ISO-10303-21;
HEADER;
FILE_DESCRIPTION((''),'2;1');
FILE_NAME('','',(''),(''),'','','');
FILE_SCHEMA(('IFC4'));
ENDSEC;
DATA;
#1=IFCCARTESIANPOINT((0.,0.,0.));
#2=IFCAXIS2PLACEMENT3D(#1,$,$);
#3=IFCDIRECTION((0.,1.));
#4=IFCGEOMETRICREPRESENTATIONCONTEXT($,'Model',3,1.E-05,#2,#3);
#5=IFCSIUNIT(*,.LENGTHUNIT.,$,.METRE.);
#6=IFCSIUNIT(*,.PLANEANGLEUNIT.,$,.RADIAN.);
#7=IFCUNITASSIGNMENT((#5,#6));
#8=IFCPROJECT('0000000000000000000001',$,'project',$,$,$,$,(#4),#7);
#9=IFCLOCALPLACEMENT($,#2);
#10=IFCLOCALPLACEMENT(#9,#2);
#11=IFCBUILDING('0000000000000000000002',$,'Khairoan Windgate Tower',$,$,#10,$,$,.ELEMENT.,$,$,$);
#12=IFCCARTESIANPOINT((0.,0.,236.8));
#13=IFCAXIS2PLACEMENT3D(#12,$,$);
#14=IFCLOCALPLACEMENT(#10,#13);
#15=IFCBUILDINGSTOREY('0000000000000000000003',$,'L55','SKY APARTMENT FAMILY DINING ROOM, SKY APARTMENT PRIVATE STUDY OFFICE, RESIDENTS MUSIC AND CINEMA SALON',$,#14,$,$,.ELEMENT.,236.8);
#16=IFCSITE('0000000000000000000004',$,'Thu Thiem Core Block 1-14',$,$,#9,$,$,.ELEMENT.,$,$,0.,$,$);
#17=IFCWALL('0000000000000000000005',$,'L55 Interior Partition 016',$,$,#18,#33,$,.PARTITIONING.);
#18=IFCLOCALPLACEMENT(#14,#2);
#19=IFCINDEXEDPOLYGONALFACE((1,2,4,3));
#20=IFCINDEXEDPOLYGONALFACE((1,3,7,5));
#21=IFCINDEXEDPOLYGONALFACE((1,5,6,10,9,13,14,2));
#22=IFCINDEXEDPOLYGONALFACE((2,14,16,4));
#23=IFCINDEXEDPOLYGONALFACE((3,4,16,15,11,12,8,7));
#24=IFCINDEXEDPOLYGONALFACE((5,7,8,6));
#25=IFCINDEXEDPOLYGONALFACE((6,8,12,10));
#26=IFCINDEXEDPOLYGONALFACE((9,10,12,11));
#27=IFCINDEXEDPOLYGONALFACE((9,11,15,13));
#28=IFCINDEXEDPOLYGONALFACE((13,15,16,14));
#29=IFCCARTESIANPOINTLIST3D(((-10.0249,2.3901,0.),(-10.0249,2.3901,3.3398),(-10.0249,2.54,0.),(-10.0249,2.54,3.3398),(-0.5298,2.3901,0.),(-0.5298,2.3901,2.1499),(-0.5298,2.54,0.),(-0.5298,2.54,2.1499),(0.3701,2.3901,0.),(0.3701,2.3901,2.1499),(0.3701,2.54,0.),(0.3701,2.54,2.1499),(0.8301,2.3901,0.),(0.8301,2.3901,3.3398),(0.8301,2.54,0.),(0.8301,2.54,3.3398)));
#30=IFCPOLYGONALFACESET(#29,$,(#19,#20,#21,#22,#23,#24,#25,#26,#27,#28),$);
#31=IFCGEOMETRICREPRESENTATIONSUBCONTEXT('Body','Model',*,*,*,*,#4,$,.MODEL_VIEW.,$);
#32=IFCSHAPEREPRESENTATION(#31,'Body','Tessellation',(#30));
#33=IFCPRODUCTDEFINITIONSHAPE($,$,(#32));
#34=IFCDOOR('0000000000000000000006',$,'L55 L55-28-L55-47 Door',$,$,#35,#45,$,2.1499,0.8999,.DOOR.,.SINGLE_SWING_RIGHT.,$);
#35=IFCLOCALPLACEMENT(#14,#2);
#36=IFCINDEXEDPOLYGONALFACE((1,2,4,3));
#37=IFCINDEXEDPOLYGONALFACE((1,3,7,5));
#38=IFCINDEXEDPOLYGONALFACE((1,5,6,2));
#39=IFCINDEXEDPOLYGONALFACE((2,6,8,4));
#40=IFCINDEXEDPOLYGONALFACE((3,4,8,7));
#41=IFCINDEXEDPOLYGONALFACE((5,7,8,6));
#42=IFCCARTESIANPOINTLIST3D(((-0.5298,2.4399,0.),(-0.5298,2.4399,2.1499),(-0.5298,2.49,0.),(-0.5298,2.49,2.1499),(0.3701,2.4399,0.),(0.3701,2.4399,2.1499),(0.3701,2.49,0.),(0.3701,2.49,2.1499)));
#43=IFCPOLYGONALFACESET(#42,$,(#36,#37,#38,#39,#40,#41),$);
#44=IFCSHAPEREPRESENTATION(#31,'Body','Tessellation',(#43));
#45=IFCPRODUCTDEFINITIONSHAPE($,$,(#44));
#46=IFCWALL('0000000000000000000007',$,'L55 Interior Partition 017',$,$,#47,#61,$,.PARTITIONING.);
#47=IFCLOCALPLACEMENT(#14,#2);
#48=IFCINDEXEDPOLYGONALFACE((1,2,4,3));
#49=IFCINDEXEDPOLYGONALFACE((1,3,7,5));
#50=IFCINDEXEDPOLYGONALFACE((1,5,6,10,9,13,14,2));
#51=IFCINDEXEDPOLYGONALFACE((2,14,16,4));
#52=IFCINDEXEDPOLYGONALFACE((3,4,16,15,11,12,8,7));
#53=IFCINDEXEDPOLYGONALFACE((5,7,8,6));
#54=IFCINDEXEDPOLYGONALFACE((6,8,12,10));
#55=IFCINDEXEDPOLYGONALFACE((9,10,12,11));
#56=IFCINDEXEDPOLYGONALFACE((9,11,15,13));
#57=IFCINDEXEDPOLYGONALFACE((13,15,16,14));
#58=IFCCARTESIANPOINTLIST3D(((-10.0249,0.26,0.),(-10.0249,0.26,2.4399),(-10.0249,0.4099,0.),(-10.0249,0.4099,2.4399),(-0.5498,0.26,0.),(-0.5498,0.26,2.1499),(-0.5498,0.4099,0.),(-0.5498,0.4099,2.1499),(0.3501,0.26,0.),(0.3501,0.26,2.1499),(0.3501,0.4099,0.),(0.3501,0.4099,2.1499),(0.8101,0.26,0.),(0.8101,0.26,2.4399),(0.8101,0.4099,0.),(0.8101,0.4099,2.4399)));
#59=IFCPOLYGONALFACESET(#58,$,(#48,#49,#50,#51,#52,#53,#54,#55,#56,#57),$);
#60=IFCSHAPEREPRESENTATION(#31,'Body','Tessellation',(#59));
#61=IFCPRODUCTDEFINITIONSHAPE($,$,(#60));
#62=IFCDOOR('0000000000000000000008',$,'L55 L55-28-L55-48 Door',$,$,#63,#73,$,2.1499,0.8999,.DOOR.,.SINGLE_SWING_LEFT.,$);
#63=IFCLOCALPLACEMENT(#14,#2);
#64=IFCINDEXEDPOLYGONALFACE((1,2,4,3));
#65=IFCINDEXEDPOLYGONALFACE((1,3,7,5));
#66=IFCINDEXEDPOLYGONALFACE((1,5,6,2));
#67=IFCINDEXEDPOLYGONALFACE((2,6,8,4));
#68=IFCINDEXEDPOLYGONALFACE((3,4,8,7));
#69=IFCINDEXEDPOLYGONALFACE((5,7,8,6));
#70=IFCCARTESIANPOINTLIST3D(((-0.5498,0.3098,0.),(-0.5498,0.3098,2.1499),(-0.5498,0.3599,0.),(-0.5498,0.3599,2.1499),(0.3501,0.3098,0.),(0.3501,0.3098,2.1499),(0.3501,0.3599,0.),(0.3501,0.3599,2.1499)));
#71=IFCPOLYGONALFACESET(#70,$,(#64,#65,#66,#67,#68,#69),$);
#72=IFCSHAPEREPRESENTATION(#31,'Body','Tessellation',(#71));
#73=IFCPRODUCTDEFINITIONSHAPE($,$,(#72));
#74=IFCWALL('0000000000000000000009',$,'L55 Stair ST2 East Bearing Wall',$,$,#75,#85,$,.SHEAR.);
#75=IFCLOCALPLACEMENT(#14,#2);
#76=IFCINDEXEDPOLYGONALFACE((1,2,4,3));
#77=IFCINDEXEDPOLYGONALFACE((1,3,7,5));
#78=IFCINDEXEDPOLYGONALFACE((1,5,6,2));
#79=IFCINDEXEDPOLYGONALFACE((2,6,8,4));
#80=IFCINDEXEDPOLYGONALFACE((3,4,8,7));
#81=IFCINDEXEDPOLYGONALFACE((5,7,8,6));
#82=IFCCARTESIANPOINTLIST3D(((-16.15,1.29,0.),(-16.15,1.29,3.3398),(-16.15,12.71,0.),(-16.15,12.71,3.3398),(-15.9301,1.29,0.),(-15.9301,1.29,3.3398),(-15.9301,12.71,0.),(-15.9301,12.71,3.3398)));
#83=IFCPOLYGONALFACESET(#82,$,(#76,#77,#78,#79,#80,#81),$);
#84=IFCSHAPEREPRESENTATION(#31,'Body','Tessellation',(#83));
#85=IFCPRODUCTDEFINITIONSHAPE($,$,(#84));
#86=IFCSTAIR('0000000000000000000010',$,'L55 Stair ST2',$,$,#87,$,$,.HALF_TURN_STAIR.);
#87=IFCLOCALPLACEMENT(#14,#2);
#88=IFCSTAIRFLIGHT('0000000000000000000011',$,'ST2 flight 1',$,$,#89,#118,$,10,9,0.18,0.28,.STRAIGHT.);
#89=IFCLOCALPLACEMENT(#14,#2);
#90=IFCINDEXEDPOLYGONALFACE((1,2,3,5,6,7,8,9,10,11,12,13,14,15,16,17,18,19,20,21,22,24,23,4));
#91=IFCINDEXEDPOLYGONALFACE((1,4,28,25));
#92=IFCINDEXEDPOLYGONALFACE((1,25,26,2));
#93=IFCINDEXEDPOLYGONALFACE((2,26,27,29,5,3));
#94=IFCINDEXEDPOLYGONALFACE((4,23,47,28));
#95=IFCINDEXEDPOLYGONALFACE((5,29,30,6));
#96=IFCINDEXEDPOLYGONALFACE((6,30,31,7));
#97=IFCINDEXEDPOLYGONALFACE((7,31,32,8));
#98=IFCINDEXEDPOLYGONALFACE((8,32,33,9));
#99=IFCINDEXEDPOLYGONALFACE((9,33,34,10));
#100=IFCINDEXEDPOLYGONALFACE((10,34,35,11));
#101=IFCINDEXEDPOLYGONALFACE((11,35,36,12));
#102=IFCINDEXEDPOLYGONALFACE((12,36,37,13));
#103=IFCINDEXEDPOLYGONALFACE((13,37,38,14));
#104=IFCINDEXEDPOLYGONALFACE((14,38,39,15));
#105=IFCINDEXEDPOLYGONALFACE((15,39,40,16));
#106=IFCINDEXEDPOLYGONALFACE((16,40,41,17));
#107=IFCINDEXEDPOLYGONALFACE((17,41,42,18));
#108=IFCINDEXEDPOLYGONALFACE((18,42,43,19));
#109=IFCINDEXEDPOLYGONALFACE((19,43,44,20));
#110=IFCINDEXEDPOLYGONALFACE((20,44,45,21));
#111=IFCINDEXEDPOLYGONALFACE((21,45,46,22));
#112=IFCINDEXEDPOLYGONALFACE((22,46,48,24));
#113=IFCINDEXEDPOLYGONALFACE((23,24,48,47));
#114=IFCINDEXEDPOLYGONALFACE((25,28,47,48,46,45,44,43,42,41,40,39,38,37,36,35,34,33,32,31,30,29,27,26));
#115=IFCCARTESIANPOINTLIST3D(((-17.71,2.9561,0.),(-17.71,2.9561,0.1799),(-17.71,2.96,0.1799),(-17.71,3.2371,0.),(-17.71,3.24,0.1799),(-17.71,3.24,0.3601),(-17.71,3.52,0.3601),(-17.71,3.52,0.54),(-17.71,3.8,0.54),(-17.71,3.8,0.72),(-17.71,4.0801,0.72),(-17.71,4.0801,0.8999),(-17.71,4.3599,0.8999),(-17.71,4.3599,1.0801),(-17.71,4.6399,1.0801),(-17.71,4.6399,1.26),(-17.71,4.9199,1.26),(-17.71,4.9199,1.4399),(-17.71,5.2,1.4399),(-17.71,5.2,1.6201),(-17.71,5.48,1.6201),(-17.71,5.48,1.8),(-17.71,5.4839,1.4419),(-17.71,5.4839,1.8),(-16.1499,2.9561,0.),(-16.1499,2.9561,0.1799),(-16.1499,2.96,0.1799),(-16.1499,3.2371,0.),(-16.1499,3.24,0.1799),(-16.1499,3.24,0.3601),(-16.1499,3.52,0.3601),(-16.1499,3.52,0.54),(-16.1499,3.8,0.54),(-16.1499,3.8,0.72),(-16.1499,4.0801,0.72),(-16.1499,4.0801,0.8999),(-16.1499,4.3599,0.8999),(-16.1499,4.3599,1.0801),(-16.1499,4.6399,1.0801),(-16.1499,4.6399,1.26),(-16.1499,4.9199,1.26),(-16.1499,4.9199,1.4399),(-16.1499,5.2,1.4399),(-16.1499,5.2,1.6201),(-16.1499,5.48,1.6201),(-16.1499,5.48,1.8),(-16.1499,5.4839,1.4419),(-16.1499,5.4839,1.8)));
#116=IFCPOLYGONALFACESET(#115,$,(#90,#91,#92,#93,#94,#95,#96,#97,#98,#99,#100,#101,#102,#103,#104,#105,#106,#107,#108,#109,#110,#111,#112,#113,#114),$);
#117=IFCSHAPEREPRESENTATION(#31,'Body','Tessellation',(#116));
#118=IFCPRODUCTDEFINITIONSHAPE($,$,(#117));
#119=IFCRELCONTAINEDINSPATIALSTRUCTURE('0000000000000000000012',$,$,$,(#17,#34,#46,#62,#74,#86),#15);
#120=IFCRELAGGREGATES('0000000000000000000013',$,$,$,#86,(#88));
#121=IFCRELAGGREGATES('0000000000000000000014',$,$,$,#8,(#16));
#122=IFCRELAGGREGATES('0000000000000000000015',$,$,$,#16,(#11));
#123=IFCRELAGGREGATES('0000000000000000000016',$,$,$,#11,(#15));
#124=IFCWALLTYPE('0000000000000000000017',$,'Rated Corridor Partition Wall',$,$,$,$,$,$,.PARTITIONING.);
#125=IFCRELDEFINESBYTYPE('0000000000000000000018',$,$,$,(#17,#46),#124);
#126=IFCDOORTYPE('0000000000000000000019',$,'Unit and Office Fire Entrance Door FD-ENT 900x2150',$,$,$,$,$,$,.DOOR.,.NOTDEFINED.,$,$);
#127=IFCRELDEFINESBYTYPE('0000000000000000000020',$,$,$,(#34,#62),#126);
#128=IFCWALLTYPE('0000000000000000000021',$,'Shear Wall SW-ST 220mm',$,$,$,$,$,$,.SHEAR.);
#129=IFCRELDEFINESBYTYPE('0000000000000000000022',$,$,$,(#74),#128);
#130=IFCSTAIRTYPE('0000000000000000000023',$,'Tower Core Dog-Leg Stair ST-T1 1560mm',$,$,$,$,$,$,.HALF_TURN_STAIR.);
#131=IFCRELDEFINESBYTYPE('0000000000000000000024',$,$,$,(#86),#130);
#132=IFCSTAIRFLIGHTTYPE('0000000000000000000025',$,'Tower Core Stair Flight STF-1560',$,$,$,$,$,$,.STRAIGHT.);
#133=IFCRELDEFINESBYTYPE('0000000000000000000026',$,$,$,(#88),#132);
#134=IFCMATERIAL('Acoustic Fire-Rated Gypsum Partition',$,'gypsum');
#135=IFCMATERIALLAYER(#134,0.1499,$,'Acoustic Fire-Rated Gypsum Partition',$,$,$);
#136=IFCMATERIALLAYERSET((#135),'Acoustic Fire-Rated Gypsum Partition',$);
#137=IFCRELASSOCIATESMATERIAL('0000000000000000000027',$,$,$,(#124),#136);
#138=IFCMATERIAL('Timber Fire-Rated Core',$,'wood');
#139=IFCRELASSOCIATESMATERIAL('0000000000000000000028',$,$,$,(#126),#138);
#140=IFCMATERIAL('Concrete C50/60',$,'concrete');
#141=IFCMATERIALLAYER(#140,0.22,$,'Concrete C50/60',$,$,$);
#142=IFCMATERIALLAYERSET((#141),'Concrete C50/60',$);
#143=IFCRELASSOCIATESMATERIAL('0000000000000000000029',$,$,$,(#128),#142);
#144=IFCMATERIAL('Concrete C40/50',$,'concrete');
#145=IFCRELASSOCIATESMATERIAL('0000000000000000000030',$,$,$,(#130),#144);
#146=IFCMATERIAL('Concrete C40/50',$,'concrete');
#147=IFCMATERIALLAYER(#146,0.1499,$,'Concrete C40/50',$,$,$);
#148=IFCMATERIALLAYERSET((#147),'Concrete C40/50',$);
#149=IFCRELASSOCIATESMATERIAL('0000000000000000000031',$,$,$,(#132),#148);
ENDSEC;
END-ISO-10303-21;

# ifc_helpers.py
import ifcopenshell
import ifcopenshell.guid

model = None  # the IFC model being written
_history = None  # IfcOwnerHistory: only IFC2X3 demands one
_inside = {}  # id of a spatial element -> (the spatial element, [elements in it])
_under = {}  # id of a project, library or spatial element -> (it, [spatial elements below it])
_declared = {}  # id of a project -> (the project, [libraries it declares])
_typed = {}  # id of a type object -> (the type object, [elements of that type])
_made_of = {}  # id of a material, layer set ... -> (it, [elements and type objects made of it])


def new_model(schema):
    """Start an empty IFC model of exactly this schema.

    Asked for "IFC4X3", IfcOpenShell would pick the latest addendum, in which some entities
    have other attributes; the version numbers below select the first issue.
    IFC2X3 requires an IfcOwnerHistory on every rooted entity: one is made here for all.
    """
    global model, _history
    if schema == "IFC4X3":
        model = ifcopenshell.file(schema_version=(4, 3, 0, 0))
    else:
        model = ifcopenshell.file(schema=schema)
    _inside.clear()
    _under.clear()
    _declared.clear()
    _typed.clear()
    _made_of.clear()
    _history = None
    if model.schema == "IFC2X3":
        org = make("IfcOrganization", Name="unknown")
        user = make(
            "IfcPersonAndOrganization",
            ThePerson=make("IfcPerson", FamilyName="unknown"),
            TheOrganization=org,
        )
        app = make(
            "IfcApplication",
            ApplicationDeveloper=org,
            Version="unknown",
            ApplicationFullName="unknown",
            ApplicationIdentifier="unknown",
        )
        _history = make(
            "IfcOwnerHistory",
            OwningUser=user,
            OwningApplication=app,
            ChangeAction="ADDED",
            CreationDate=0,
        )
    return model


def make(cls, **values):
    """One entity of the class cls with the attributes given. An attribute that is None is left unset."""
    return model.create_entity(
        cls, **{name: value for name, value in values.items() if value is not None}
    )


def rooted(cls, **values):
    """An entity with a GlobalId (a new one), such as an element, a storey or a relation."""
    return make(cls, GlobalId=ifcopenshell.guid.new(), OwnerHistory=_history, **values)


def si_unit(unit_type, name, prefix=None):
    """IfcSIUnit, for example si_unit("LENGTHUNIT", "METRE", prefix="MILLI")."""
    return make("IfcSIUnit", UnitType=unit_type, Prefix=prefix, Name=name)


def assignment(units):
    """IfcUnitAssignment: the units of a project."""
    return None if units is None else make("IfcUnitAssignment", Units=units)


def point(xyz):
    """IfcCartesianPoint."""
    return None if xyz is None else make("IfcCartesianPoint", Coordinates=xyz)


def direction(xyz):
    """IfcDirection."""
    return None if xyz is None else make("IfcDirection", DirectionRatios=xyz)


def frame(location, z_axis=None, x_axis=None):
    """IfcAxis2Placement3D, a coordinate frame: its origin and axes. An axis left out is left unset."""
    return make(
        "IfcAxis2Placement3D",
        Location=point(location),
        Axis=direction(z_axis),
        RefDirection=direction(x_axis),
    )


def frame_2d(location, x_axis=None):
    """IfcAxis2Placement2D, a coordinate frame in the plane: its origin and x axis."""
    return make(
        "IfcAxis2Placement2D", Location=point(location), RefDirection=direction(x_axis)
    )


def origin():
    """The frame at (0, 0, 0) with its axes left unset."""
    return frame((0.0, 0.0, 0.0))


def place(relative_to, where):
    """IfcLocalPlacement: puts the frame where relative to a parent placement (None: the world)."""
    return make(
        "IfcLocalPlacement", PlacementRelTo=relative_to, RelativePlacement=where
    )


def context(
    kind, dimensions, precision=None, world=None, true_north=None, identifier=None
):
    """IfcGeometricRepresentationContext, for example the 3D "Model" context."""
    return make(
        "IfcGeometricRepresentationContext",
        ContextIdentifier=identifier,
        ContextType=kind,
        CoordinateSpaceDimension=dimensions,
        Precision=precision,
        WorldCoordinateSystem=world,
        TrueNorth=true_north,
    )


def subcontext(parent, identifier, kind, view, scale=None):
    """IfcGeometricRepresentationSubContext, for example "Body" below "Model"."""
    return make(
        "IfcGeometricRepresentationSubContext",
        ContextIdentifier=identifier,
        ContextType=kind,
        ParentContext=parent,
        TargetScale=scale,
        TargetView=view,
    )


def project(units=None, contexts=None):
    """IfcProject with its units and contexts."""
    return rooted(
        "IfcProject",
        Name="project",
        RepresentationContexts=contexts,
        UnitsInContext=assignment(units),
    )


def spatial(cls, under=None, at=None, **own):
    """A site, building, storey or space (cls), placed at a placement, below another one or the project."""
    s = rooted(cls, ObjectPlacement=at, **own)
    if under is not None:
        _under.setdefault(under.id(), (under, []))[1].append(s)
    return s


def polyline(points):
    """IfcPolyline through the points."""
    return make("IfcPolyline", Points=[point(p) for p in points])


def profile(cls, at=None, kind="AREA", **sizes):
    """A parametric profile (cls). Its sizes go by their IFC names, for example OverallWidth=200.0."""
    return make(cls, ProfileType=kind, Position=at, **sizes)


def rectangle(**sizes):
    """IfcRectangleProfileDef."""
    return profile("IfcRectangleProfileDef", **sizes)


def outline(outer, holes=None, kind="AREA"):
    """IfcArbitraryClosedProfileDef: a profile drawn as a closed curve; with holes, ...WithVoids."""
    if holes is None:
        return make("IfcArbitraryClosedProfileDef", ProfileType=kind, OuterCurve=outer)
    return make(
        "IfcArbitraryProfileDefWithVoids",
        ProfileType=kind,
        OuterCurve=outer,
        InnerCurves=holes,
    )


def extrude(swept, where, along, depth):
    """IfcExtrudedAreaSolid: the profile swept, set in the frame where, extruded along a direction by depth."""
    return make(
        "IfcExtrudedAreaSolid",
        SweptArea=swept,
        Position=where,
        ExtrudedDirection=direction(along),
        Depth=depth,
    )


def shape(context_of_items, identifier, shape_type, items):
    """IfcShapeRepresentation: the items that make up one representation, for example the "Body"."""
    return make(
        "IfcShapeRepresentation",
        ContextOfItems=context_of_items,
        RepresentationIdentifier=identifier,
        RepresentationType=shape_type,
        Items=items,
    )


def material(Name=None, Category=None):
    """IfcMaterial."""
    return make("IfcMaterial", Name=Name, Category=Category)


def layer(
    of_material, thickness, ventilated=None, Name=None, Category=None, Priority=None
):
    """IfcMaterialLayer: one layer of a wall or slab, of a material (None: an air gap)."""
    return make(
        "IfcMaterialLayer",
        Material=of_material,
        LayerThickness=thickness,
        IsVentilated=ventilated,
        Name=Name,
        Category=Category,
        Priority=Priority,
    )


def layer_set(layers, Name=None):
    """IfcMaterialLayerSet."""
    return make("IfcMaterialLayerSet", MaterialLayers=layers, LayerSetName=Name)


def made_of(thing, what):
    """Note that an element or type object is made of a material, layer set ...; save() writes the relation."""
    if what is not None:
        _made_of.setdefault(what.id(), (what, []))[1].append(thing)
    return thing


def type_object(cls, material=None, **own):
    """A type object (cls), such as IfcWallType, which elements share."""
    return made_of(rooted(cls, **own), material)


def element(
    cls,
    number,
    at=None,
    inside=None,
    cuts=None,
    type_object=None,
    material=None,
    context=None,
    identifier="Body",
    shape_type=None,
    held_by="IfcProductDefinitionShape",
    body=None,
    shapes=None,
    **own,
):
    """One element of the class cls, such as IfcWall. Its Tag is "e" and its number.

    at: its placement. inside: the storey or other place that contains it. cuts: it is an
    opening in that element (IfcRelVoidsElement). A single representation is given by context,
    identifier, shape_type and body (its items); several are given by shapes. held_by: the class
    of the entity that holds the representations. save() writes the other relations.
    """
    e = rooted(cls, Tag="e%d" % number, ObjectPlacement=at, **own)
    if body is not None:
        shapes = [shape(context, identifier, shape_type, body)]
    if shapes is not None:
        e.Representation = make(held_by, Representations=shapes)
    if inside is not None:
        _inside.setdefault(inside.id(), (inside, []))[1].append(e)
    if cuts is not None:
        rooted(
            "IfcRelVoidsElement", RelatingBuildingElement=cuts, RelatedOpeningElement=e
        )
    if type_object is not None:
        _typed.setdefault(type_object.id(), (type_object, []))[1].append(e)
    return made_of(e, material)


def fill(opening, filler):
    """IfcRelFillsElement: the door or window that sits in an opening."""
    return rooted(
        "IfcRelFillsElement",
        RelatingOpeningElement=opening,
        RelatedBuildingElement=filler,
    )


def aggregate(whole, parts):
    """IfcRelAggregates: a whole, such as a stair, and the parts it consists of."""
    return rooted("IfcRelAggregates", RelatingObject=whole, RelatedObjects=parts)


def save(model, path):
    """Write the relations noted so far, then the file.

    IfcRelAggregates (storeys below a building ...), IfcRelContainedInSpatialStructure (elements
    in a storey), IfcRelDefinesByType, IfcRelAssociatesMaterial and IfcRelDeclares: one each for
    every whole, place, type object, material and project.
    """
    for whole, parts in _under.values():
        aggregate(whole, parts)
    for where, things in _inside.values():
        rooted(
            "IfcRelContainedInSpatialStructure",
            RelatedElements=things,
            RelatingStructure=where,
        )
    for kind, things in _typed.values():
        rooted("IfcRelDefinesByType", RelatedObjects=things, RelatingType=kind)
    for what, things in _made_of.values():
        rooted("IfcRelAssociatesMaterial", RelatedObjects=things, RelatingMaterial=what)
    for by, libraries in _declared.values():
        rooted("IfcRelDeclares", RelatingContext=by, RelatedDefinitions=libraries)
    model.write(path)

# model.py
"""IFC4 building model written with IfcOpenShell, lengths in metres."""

from ifc_helpers import new_model, si_unit, direction, frame, frame_2d, origin, place, context, subcontext, project, spatial, polyline, rectangle, outline, extrude, material, layer, layer_set, type_object, element, fill, aggregate, save


model = new_model("IFC4")

# Units and contexts
model_context = context("Model", 3, precision=1e-05, world=origin(), true_north=direction((0.0, 1.0)))
body_context = subcontext(model_context, "Body", "Model", "MODEL_VIEW")
ifc_project = project(units=[si_unit("LENGTHUNIT", "METRE"), si_unit("PLANEANGLEUNIT", "RADIAN")], contexts=[model_context])

# Site, building, storey
site_placement = place(None, origin())
site = spatial("IfcSite", under=ifc_project, at=site_placement, Name="Thu Thiem Core Block 1-14", CompositionType="ELEMENT", RefElevation=0.0)
building_placement = place(site_placement, origin())
building = spatial("IfcBuilding", under=site, at=building_placement, Name="Khairoan Windgate Tower", CompositionType="ELEMENT")
storey_placement = place(building_placement, frame((0.0, 0.0, 236.8)))
storey = spatial("IfcBuildingStorey", under=building, at=storey_placement, Name="L55", Description="SKY APARTMENT FAMILY DINING ROOM, SKY APARTMENT PRIVATE STUDY OFFICE, RESIDENTS MUSIC AND CINEMA SALON", CompositionType="ELEMENT", Elevation=236.8)

# Walls, openings, doors
ifc_material_1 = material(Name="Acoustic Fire-Rated Gypsum Partition", Category="gypsum")
ifc_layer_1 = layer(ifc_material_1, 0.1499, Name="Acoustic Fire-Rated Gypsum Partition")
ifc_layer_set_1 = layer_set([ifc_layer_1], Name="Acoustic Fire-Rated Gypsum Partition")
wall_type_1 = type_object("IfcWallType", Name="Rated Corridor Partition Wall", PredefinedType="PARTITIONING", material=ifc_layer_set_1)
ifc_material_2 = material(Name="Timber Fire-Rated Core", Category="wood")
door_type = type_object("IfcDoorType", Name="Unit and Office Fire Entrance Door FD-ENT 900x2150", OperationType="NOTDEFINED", PredefinedType="DOOR", material=ifc_material_2)
wall_1_placement = place(storey_placement, frame((-10.0249, 2.4651, 0.0), z_axis=(0.0, 0.0, 1.0), x_axis=(1.0, 0.0, 0.0)))
wall_1 = element("IfcWall", 1, at=wall_1_placement, inside=storey, type_object=wall_type_1, Name="L55 Interior Partition 016", PredefinedType="PARTITIONING", context=body_context, shape_type="SweptSolid", body=[
    extrude(rectangle(XDim=10.855, YDim=0.1499, at=frame_2d((5.4275, 0.0))), origin(), (0.0, 0.0, 1.0), 3.3398),
])
opening_1_placement = place(wall_1_placement, frame((9.4951, 0.0, 0.0)))
opening_1 = element("IfcOpeningElement", 2, at=opening_1_placement, cuts=wall_1, PredefinedType="OPENING", context=body_context, shape_type="SweptSolid", body=[
    extrude(rectangle(XDim=0.8999, YDim=2.1499, at=frame_2d((0.45, 1.075))), frame((0.0, 0.085, 0.0), z_axis=(0.0, -1.0, 0.0), x_axis=(1.0, 0.0, 0.0)), (0.0, 0.0, 1.0), 0.1699),
])
door_1_placement = place(opening_1_placement, origin())
door_1 = element("IfcDoor", 3, at=door_1_placement, inside=storey, type_object=door_type, Name="L55 L55-28-L55-47 Door", OperationType="SINGLE_SWING_RIGHT", OverallHeight=2.1499, OverallWidth=0.8999, PredefinedType="DOOR", context=body_context, shape_type="SweptSolid", body=[
    extrude(rectangle(XDim=0.8999, YDim=2.1499, at=frame_2d((0.45, 1.075))), frame((0.0, 0.0249, 0.0), z_axis=(0.0, -1.0, 0.0), x_axis=(1.0, 0.0, 0.0)), (0.0, 0.0, 1.0), 0.05),
])
fill(opening_1, door_1)
wall_2_placement = place(storey_placement, frame((-10.0249, 0.335, 0.0), z_axis=(0.0, 0.0, 1.0), x_axis=(1.0, 0.0, 0.0)))
wall_2 = element("IfcWall", 4, at=wall_2_placement, inside=storey, type_object=wall_type_1, Name="L55 Interior Partition 017", PredefinedType="PARTITIONING", context=body_context, shape_type="SweptSolid", body=[
    extrude(rectangle(XDim=10.835, YDim=0.1499, at=frame_2d((5.4175, 0.0))), origin(), (0.0, 0.0, 1.0), 2.4399),
])
opening_2_placement = place(wall_2_placement, frame((9.4751, 0.0, 0.0)))
opening_2 = element("IfcOpeningElement", 5, at=opening_2_placement, cuts=wall_2, PredefinedType="OPENING", context=body_context, shape_type="SweptSolid", body=[
    extrude(rectangle(XDim=0.8999, YDim=2.1499, at=frame_2d((0.45, 1.075))), frame((0.0, 0.085, 0.0), z_axis=(0.0, -1.0, 0.0), x_axis=(1.0, 0.0, 0.0)), (0.0, 0.0, 1.0), 0.1699),
])
door_2_placement = place(opening_2_placement, origin())
door_2 = element("IfcDoor", 6, at=door_2_placement, inside=storey, type_object=door_type, Name="L55 L55-28-L55-48 Door", OperationType="SINGLE_SWING_LEFT", OverallHeight=2.1499, OverallWidth=0.8999, PredefinedType="DOOR", context=body_context, shape_type="SweptSolid", body=[
    extrude(rectangle(XDim=0.8999, YDim=2.1499, at=frame_2d((0.45, 1.075))), frame((0.0, 0.0249, 0.0), z_axis=(0.0, -1.0, 0.0), x_axis=(1.0, 0.0, 0.0)), (0.0, 0.0, 1.0), 0.05),
])
fill(opening_2, door_2)

# Wall
ifc_material_3 = material(Name="Concrete C50/60", Category="concrete")
ifc_layer_2 = layer(ifc_material_3, 0.22, Name="Concrete C50/60")
ifc_layer_set_2 = layer_set([ifc_layer_2], Name="Concrete C50/60")
wall_type_2 = type_object("IfcWallType", Name="Shear Wall SW-ST 220mm", PredefinedType="SHEAR", material=ifc_layer_set_2)
wall_3_placement = place(storey_placement, frame((-16.04, 1.29, 0.0), z_axis=(0.0, 0.0, 1.0), x_axis=(0.0, 1.0, 0.0)))
element("IfcWall", 7, at=wall_3_placement, inside=storey, type_object=wall_type_2, Name="L55 Stair ST2 East Bearing Wall", PredefinedType="SHEAR", context=body_context, shape_type="SweptSolid", body=[
    extrude(rectangle(XDim=11.4199, YDim=0.22, at=frame_2d((5.71, 0.0))), origin(), (0.0, 0.0, 1.0), 3.3398),
])

# Stair, stair flight
ifc_material_4 = material(Name="Concrete C40/50", Category="concrete")
stair_type = type_object("IfcStairType", Name="Tower Core Dog-Leg Stair ST-T1 1560mm", PredefinedType="HALF_TURN_STAIR", material=ifc_material_4)
stair_placement = place(storey_placement, origin())
stair = element("IfcStair", 8, at=stair_placement, inside=storey, type_object=stair_type, Name="L55 Stair ST2", PredefinedType="HALF_TURN_STAIR")
ifc_material_5 = material(Name="Concrete C40/50", Category="concrete")
ifc_layer_3 = layer(ifc_material_5, 0.1499, Name="Concrete C40/50")
ifc_layer_set_3 = layer_set([ifc_layer_3], Name="Concrete C40/50")
stair_flight_type = type_object("IfcStairFlightType", Name="Tower Core Stair Flight STF-1560", PredefinedType="STRAIGHT", material=ifc_layer_set_3)
stair_flight_placement = place(storey_placement, frame((-16.9299, 2.96, 0.0), z_axis=(0.0, 0.0, 1.0), x_axis=(0.0, 1.0, 0.0)))
stair_flight = element("IfcStairFlight", 9, at=stair_flight_placement, type_object=stair_flight_type, Name="ST2 flight 1", NumberOfRisers=10, NumberOfTreads=9, PredefinedType="STRAIGHT", RiserHeight=0.18, TreadLength=0.28, context=body_context, shape_type="SweptSolid", body=[
    extrude(outline(polyline([(-0.0039, 0.0), (-0.0039, 0.1799), (0.0, 0.1799), (0.28, 0.1799), (0.28, 0.3601), (0.5601, 0.3601), (0.5601, 0.54), (0.8401, 0.54), (0.8401, 0.72), (1.1201, 0.72), (1.1201, 0.8999), (1.3999, 0.8999), (1.3999, 1.0801), (1.6799, 1.0801), (1.6799, 1.26), (1.96, 1.26), (1.96, 1.4399), (2.24, 1.4399), (2.24, 1.6201), (2.52, 1.6201), (2.52, 1.8), (2.5239, 1.8), (2.5239, 1.4419), (0.2771, 0.0), (-0.0039, 0.0)])), frame((0.0, 0.78, 0.0), z_axis=(0.0, -1.0, 0.0), x_axis=(1.0, 0.0, 0.0)), (0.0, 0.0, 1.0), 1.5601),
])
aggregate(stair, [stair_flight])

save(model, "model.ifc")
